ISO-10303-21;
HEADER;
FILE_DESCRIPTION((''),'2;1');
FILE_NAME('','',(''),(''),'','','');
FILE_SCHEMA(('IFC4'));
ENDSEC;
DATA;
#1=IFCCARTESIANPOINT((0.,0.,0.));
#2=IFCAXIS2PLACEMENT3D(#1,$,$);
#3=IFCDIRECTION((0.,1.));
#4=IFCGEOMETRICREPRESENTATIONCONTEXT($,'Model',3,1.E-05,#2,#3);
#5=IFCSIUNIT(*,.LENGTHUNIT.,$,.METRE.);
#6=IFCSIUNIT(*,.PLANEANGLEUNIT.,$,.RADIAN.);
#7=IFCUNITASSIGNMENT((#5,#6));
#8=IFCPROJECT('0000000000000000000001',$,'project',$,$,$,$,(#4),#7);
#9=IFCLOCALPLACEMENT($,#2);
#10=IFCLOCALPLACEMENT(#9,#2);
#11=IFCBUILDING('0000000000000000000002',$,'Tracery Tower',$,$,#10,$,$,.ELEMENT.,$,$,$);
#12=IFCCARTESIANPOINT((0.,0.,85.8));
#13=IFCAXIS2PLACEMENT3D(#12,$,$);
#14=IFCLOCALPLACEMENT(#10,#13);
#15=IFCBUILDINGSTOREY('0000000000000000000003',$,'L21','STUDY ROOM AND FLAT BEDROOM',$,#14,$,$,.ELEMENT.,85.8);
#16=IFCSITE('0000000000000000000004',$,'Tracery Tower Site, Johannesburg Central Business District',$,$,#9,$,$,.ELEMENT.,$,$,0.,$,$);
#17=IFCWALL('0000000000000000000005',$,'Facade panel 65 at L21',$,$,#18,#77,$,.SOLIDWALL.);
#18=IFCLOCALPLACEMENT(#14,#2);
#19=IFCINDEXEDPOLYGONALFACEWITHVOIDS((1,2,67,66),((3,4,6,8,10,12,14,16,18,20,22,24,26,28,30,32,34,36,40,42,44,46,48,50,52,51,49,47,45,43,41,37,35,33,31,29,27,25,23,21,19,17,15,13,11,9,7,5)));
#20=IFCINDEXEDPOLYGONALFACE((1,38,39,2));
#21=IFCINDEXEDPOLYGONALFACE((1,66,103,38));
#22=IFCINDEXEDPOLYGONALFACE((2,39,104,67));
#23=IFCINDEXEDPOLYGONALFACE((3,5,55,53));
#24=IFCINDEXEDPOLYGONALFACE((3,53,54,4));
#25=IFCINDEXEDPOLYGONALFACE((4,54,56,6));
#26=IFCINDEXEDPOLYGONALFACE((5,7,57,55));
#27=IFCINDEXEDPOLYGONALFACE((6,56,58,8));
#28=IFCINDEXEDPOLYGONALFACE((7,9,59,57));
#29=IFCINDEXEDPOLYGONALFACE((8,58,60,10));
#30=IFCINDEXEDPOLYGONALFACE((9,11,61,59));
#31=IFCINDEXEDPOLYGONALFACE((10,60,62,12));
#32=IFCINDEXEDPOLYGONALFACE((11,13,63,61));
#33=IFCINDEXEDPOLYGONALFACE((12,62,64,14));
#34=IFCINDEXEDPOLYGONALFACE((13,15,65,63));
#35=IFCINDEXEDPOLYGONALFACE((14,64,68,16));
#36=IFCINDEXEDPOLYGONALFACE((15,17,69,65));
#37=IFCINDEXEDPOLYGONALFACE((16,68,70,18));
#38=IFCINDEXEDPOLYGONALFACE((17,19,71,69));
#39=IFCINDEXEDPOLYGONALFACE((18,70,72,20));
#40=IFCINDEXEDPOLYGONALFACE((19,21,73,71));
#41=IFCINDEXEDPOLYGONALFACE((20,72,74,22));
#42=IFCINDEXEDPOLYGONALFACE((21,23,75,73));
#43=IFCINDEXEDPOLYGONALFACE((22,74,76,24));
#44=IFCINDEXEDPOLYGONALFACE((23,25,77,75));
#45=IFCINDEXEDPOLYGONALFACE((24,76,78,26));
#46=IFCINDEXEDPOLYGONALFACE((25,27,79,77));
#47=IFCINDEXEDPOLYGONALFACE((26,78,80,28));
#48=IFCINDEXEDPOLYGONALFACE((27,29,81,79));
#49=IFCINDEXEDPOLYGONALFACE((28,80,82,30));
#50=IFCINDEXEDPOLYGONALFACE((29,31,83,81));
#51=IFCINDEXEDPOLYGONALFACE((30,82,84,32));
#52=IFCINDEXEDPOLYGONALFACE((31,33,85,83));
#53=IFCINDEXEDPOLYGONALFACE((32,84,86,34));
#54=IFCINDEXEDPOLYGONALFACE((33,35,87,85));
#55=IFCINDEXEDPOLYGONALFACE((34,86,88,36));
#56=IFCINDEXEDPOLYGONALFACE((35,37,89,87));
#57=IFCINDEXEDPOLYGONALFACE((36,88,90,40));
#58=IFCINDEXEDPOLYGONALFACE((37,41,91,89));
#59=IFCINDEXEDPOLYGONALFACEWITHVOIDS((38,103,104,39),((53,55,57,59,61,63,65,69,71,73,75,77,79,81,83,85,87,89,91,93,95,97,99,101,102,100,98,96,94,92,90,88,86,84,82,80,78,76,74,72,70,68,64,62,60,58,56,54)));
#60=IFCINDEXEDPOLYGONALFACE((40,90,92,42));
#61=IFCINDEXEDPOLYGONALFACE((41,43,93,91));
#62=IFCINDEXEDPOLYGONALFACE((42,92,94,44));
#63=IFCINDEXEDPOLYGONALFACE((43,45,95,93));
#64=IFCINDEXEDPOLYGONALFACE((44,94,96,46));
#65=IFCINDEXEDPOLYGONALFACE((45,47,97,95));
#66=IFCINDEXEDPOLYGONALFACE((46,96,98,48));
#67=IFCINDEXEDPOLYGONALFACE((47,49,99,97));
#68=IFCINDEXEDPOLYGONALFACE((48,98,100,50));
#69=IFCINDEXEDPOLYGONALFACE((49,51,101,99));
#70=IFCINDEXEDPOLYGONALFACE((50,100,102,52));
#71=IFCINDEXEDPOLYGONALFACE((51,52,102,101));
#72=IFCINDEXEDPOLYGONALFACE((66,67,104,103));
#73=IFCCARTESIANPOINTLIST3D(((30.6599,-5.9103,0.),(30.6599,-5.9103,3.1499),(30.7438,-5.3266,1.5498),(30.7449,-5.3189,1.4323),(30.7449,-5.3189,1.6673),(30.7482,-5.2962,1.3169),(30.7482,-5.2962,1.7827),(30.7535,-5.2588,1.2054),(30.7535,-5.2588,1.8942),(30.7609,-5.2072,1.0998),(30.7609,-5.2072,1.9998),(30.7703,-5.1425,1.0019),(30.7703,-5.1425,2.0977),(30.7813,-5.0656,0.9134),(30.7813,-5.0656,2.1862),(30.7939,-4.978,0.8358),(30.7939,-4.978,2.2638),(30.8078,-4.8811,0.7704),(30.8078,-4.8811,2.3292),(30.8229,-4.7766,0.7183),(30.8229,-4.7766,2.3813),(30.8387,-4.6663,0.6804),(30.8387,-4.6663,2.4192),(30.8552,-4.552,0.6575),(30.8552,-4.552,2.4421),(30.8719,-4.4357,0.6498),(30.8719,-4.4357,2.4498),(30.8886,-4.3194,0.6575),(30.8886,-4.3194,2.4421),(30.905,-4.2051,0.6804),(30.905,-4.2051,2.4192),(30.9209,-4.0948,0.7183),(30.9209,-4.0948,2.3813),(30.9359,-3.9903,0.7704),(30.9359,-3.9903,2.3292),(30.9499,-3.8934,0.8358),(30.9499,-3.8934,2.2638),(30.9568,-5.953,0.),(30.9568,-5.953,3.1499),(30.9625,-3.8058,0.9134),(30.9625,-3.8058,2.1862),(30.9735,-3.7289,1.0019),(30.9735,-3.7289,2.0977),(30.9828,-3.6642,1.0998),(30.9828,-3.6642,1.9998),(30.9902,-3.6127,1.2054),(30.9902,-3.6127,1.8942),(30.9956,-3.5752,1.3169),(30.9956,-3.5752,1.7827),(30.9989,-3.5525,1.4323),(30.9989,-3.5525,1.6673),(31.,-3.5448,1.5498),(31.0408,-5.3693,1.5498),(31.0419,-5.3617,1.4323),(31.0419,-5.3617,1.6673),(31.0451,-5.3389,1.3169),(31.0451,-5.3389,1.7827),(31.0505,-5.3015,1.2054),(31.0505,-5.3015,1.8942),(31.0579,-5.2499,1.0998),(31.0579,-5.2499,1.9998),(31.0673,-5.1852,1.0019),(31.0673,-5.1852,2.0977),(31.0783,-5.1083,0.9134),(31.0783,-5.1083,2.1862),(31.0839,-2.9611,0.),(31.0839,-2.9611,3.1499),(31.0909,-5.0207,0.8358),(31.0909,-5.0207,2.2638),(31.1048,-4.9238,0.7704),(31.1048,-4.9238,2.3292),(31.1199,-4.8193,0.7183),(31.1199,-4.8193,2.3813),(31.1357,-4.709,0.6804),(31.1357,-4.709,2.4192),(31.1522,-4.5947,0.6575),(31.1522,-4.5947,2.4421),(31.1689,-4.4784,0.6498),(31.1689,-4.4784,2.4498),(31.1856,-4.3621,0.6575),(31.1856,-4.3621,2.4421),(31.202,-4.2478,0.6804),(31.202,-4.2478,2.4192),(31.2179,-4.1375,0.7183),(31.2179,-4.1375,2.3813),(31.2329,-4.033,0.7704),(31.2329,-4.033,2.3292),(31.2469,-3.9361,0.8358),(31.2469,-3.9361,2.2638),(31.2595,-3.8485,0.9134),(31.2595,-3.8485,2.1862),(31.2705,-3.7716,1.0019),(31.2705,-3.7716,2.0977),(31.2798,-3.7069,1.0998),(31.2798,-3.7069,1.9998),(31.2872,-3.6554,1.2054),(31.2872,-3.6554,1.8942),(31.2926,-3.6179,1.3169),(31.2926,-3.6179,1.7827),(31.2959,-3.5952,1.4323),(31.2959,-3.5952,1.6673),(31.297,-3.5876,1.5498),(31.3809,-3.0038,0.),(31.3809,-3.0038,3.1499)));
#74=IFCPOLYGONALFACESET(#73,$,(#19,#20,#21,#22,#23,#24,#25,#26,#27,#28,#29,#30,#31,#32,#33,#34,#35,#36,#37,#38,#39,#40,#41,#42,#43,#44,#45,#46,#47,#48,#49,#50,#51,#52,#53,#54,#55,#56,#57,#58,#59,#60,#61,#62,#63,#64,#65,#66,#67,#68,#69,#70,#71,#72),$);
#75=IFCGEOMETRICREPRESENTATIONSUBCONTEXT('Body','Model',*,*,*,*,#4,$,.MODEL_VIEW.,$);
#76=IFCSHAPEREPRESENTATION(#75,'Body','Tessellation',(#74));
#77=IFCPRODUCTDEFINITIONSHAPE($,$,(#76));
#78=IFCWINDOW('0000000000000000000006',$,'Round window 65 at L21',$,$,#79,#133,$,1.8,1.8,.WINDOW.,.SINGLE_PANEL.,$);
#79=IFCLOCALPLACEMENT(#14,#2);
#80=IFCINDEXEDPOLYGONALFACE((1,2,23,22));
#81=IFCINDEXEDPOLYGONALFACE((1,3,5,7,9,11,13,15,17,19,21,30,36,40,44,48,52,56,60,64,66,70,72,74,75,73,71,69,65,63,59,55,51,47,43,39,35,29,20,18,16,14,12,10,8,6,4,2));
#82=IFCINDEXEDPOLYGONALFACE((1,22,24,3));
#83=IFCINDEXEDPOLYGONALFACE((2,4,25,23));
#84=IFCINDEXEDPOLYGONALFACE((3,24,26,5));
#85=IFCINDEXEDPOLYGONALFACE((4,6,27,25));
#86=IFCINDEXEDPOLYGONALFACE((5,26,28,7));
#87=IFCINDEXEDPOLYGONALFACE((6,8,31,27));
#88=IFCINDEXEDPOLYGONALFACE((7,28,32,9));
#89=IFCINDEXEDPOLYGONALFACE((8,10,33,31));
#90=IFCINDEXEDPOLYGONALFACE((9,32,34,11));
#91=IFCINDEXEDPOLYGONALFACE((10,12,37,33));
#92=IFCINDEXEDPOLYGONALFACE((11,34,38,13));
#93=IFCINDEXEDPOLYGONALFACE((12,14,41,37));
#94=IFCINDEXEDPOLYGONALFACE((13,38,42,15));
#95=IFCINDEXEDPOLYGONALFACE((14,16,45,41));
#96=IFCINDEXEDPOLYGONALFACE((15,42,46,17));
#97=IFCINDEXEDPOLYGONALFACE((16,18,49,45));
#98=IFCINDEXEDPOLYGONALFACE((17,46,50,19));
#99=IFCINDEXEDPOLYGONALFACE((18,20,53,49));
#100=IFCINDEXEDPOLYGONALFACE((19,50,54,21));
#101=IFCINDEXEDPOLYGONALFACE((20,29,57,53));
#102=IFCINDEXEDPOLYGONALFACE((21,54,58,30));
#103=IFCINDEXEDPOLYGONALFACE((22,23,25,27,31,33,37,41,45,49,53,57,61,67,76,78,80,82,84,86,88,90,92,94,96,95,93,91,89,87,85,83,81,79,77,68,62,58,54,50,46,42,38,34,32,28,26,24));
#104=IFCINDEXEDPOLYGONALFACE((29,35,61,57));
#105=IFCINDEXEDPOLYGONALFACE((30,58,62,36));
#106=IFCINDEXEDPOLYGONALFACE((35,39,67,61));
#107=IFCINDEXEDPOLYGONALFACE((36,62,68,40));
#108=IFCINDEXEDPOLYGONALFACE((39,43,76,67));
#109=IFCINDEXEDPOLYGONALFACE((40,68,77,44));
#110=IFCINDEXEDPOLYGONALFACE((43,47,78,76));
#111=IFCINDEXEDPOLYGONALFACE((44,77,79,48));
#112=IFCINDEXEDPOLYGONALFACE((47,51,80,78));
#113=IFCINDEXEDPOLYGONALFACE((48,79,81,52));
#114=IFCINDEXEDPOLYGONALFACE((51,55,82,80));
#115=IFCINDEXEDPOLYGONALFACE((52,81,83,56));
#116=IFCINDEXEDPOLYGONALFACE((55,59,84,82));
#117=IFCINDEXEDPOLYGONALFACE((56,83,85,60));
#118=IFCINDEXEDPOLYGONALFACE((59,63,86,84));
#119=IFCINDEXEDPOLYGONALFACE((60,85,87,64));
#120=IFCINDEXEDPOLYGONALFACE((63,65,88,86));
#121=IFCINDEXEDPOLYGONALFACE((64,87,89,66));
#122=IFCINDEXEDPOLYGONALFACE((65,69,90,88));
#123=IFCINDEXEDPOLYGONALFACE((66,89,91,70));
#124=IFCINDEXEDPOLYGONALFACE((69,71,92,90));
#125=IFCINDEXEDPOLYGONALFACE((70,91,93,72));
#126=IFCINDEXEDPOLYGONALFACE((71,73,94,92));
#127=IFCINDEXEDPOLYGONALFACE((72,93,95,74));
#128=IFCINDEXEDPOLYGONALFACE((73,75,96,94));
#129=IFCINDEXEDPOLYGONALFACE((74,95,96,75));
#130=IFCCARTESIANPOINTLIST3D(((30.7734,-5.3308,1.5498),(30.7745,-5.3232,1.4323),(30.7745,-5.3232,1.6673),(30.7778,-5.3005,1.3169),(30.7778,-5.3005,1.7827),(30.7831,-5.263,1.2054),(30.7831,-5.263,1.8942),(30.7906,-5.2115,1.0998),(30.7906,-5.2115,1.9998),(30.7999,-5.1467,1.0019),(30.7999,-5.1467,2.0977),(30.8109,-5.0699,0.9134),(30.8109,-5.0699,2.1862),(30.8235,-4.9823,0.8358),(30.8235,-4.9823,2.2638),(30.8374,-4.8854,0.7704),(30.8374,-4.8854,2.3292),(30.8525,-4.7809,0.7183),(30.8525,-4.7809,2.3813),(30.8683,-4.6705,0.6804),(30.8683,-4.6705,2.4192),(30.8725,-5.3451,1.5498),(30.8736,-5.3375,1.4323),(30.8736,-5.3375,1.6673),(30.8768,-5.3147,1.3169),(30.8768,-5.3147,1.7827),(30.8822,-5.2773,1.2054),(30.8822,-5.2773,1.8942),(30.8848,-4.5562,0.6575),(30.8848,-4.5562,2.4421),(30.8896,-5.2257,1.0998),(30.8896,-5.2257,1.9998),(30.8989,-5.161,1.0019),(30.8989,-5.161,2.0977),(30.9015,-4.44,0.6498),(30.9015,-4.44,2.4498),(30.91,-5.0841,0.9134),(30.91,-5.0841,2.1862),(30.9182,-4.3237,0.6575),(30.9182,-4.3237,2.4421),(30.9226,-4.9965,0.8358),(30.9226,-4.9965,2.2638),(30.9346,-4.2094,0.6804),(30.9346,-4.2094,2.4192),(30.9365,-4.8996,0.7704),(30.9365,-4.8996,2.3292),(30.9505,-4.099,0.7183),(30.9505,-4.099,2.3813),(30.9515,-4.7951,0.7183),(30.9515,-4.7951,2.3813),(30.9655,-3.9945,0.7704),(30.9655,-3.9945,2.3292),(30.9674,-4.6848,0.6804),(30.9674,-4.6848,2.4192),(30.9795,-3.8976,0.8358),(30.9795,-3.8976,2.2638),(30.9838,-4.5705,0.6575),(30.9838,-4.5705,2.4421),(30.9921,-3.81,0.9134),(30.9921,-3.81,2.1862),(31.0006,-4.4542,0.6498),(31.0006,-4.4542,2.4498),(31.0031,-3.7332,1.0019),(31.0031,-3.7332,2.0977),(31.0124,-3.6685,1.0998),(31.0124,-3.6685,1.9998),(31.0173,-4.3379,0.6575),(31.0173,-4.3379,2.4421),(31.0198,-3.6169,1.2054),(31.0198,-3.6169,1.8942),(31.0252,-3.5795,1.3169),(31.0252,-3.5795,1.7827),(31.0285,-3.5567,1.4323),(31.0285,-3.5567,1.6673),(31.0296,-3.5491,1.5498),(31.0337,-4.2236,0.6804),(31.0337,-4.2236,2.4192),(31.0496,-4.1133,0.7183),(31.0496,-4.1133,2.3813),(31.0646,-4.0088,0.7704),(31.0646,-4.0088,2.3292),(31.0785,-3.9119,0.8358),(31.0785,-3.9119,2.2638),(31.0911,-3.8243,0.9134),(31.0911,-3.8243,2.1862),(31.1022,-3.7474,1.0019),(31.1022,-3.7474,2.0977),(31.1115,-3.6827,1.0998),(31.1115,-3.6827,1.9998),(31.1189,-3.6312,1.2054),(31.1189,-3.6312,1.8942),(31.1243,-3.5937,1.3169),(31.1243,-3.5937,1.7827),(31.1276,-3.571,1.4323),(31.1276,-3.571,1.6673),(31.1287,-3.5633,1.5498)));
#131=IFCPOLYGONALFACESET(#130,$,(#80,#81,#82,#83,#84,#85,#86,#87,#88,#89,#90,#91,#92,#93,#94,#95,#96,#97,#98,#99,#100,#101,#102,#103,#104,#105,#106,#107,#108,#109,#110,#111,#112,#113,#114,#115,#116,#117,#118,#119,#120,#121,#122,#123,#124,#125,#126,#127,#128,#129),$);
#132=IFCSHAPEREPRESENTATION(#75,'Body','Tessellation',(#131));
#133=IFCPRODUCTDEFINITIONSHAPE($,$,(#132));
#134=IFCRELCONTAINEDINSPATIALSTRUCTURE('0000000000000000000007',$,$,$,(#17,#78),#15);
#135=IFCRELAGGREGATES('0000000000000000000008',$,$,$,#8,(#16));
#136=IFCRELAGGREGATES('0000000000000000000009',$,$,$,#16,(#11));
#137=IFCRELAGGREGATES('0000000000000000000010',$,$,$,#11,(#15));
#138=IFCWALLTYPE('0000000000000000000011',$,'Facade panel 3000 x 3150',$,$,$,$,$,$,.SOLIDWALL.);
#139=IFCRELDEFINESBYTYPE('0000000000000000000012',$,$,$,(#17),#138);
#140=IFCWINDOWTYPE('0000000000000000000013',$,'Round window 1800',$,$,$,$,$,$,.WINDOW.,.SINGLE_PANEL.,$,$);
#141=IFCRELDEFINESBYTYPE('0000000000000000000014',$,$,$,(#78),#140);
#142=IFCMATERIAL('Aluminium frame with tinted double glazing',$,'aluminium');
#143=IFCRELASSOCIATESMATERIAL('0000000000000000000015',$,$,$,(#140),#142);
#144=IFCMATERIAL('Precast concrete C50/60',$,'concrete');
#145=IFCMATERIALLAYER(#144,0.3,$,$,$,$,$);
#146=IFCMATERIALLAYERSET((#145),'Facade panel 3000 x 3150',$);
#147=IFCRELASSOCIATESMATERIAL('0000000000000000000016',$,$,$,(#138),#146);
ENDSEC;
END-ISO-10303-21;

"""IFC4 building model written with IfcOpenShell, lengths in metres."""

from ifc_helpers import new_model, si_unit, direction, frame, frame_2d, origin, origin_2d, place, context, subcontext, project, spatial, rectangle, circle, extrude, material, layer, layer_set, type_object, element, fill, save


model = new_model("IFC4")

# Units and contexts
model_context = context("Model", 3, precision=1e-05, world=origin(), true_north=direction((0.0, 1.0)))
body_context = subcontext(model_context, "Body", "Model", "MODEL_VIEW")
ifc_project = project(units=[si_unit("LENGTHUNIT", "METRE"), si_unit("PLANEANGLEUNIT", "RADIAN")], contexts=[model_context])

# Site, building, storey
site_placement = place(None, origin())
site = spatial("IfcSite", under=ifc_project, at=site_placement, Name="Tracery Tower Site, Johannesburg Central Business District", CompositionType="ELEMENT", RefElevation=0.0)
building_placement = place(site_placement, origin())
building = spatial("IfcBuilding", under=site, at=building_placement, Name="Tracery Tower", CompositionType="ELEMENT")
storey_placement = place(building_placement, frame((0.0, 0.0, 85.8)))
storey = spatial("IfcBuildingStorey", under=building, at=storey_placement, Name="L21", Description="STUDY ROOM AND FLAT BEDROOM", CompositionType="ELEMENT", Elevation=85.8)

# Wall, opening, window
ifc_material_1 = material(Name="Aluminium frame with tinted double glazing", Category="aluminium")
window_type = type_object("IfcWindowType", Name="Round window 1800", PartitioningType="SINGLE_PANEL", PredefinedType="WINDOW", material=ifc_material_1)
ifc_material_2 = material(Name="Precast concrete C50/60", Category="concrete")
ifc_layer_1 = layer(ifc_material_2, 0.3)
ifc_layer_set_1 = layer_set([ifc_layer_1], Name="Facade panel 3000 x 3150")
wall_type_1 = type_object("IfcWallType", Name="Facade panel 3000 x 3150", PredefinedType="SOLIDWALL", material=ifc_layer_set_1)
wall_1_placement = place(storey_placement, frame((30.8083, -5.9316, 0.0), z_axis=(0.0, 0.0, 1.0), x_axis=(0.142328, 0.98982, 0.0)))
wall_1 = element("IfcWall", 1, at=wall_1_placement, inside=storey, type_object=wall_type_1, Name="Facade panel 65 at L21", PredefinedType="SOLIDWALL", context=body_context, shape_type="SweptSolid", body=[
    extrude(rectangle(XDim=2.9795, YDim=0.3, at=frame_2d((1.4897, 0.0))), origin(), (0.0, 0.0, 1.0), 3.1499),
])
opening_1_placement = place(wall_1_placement, frame((1.4897, 0.0, 1.5498)))
opening_1 = element("IfcOpeningElement", 2, at=opening_1_placement, cuts=wall_1, PredefinedType="OPENING", context=body_context, shape_type="SweptSolid", body=[
    extrude(circle(Radius=0.9, at=origin_2d()), frame((0.0, 0.1599, 0.0), z_axis=(0.0, -1.0, 0.0), x_axis=(1.0, 0.0, 0.0)), (0.0, 0.0, 1.0), 0.3201),
])
window_1_placement = place(opening_1_placement, origin())
window_1 = element("IfcWindow", 3, at=window_1_placement, inside=storey, type_object=window_type, Name="Round window 65 at L21", OverallHeight=1.8, OverallWidth=1.8, PartitioningType="SINGLE_PANEL", PredefinedType="WINDOW", context=body_context, shape_type="SweptSolid", body=[
    extrude(circle(Radius=0.9, at=origin_2d()), frame((0.0, 0.1201, 0.0), z_axis=(0.0, -1.0, 0.0), x_axis=(1.0, 0.0, 0.0)), (0.0, 0.0, 1.0), 0.1001),
])
fill(opening_1, window_1)

save(model, "model.ifc")
